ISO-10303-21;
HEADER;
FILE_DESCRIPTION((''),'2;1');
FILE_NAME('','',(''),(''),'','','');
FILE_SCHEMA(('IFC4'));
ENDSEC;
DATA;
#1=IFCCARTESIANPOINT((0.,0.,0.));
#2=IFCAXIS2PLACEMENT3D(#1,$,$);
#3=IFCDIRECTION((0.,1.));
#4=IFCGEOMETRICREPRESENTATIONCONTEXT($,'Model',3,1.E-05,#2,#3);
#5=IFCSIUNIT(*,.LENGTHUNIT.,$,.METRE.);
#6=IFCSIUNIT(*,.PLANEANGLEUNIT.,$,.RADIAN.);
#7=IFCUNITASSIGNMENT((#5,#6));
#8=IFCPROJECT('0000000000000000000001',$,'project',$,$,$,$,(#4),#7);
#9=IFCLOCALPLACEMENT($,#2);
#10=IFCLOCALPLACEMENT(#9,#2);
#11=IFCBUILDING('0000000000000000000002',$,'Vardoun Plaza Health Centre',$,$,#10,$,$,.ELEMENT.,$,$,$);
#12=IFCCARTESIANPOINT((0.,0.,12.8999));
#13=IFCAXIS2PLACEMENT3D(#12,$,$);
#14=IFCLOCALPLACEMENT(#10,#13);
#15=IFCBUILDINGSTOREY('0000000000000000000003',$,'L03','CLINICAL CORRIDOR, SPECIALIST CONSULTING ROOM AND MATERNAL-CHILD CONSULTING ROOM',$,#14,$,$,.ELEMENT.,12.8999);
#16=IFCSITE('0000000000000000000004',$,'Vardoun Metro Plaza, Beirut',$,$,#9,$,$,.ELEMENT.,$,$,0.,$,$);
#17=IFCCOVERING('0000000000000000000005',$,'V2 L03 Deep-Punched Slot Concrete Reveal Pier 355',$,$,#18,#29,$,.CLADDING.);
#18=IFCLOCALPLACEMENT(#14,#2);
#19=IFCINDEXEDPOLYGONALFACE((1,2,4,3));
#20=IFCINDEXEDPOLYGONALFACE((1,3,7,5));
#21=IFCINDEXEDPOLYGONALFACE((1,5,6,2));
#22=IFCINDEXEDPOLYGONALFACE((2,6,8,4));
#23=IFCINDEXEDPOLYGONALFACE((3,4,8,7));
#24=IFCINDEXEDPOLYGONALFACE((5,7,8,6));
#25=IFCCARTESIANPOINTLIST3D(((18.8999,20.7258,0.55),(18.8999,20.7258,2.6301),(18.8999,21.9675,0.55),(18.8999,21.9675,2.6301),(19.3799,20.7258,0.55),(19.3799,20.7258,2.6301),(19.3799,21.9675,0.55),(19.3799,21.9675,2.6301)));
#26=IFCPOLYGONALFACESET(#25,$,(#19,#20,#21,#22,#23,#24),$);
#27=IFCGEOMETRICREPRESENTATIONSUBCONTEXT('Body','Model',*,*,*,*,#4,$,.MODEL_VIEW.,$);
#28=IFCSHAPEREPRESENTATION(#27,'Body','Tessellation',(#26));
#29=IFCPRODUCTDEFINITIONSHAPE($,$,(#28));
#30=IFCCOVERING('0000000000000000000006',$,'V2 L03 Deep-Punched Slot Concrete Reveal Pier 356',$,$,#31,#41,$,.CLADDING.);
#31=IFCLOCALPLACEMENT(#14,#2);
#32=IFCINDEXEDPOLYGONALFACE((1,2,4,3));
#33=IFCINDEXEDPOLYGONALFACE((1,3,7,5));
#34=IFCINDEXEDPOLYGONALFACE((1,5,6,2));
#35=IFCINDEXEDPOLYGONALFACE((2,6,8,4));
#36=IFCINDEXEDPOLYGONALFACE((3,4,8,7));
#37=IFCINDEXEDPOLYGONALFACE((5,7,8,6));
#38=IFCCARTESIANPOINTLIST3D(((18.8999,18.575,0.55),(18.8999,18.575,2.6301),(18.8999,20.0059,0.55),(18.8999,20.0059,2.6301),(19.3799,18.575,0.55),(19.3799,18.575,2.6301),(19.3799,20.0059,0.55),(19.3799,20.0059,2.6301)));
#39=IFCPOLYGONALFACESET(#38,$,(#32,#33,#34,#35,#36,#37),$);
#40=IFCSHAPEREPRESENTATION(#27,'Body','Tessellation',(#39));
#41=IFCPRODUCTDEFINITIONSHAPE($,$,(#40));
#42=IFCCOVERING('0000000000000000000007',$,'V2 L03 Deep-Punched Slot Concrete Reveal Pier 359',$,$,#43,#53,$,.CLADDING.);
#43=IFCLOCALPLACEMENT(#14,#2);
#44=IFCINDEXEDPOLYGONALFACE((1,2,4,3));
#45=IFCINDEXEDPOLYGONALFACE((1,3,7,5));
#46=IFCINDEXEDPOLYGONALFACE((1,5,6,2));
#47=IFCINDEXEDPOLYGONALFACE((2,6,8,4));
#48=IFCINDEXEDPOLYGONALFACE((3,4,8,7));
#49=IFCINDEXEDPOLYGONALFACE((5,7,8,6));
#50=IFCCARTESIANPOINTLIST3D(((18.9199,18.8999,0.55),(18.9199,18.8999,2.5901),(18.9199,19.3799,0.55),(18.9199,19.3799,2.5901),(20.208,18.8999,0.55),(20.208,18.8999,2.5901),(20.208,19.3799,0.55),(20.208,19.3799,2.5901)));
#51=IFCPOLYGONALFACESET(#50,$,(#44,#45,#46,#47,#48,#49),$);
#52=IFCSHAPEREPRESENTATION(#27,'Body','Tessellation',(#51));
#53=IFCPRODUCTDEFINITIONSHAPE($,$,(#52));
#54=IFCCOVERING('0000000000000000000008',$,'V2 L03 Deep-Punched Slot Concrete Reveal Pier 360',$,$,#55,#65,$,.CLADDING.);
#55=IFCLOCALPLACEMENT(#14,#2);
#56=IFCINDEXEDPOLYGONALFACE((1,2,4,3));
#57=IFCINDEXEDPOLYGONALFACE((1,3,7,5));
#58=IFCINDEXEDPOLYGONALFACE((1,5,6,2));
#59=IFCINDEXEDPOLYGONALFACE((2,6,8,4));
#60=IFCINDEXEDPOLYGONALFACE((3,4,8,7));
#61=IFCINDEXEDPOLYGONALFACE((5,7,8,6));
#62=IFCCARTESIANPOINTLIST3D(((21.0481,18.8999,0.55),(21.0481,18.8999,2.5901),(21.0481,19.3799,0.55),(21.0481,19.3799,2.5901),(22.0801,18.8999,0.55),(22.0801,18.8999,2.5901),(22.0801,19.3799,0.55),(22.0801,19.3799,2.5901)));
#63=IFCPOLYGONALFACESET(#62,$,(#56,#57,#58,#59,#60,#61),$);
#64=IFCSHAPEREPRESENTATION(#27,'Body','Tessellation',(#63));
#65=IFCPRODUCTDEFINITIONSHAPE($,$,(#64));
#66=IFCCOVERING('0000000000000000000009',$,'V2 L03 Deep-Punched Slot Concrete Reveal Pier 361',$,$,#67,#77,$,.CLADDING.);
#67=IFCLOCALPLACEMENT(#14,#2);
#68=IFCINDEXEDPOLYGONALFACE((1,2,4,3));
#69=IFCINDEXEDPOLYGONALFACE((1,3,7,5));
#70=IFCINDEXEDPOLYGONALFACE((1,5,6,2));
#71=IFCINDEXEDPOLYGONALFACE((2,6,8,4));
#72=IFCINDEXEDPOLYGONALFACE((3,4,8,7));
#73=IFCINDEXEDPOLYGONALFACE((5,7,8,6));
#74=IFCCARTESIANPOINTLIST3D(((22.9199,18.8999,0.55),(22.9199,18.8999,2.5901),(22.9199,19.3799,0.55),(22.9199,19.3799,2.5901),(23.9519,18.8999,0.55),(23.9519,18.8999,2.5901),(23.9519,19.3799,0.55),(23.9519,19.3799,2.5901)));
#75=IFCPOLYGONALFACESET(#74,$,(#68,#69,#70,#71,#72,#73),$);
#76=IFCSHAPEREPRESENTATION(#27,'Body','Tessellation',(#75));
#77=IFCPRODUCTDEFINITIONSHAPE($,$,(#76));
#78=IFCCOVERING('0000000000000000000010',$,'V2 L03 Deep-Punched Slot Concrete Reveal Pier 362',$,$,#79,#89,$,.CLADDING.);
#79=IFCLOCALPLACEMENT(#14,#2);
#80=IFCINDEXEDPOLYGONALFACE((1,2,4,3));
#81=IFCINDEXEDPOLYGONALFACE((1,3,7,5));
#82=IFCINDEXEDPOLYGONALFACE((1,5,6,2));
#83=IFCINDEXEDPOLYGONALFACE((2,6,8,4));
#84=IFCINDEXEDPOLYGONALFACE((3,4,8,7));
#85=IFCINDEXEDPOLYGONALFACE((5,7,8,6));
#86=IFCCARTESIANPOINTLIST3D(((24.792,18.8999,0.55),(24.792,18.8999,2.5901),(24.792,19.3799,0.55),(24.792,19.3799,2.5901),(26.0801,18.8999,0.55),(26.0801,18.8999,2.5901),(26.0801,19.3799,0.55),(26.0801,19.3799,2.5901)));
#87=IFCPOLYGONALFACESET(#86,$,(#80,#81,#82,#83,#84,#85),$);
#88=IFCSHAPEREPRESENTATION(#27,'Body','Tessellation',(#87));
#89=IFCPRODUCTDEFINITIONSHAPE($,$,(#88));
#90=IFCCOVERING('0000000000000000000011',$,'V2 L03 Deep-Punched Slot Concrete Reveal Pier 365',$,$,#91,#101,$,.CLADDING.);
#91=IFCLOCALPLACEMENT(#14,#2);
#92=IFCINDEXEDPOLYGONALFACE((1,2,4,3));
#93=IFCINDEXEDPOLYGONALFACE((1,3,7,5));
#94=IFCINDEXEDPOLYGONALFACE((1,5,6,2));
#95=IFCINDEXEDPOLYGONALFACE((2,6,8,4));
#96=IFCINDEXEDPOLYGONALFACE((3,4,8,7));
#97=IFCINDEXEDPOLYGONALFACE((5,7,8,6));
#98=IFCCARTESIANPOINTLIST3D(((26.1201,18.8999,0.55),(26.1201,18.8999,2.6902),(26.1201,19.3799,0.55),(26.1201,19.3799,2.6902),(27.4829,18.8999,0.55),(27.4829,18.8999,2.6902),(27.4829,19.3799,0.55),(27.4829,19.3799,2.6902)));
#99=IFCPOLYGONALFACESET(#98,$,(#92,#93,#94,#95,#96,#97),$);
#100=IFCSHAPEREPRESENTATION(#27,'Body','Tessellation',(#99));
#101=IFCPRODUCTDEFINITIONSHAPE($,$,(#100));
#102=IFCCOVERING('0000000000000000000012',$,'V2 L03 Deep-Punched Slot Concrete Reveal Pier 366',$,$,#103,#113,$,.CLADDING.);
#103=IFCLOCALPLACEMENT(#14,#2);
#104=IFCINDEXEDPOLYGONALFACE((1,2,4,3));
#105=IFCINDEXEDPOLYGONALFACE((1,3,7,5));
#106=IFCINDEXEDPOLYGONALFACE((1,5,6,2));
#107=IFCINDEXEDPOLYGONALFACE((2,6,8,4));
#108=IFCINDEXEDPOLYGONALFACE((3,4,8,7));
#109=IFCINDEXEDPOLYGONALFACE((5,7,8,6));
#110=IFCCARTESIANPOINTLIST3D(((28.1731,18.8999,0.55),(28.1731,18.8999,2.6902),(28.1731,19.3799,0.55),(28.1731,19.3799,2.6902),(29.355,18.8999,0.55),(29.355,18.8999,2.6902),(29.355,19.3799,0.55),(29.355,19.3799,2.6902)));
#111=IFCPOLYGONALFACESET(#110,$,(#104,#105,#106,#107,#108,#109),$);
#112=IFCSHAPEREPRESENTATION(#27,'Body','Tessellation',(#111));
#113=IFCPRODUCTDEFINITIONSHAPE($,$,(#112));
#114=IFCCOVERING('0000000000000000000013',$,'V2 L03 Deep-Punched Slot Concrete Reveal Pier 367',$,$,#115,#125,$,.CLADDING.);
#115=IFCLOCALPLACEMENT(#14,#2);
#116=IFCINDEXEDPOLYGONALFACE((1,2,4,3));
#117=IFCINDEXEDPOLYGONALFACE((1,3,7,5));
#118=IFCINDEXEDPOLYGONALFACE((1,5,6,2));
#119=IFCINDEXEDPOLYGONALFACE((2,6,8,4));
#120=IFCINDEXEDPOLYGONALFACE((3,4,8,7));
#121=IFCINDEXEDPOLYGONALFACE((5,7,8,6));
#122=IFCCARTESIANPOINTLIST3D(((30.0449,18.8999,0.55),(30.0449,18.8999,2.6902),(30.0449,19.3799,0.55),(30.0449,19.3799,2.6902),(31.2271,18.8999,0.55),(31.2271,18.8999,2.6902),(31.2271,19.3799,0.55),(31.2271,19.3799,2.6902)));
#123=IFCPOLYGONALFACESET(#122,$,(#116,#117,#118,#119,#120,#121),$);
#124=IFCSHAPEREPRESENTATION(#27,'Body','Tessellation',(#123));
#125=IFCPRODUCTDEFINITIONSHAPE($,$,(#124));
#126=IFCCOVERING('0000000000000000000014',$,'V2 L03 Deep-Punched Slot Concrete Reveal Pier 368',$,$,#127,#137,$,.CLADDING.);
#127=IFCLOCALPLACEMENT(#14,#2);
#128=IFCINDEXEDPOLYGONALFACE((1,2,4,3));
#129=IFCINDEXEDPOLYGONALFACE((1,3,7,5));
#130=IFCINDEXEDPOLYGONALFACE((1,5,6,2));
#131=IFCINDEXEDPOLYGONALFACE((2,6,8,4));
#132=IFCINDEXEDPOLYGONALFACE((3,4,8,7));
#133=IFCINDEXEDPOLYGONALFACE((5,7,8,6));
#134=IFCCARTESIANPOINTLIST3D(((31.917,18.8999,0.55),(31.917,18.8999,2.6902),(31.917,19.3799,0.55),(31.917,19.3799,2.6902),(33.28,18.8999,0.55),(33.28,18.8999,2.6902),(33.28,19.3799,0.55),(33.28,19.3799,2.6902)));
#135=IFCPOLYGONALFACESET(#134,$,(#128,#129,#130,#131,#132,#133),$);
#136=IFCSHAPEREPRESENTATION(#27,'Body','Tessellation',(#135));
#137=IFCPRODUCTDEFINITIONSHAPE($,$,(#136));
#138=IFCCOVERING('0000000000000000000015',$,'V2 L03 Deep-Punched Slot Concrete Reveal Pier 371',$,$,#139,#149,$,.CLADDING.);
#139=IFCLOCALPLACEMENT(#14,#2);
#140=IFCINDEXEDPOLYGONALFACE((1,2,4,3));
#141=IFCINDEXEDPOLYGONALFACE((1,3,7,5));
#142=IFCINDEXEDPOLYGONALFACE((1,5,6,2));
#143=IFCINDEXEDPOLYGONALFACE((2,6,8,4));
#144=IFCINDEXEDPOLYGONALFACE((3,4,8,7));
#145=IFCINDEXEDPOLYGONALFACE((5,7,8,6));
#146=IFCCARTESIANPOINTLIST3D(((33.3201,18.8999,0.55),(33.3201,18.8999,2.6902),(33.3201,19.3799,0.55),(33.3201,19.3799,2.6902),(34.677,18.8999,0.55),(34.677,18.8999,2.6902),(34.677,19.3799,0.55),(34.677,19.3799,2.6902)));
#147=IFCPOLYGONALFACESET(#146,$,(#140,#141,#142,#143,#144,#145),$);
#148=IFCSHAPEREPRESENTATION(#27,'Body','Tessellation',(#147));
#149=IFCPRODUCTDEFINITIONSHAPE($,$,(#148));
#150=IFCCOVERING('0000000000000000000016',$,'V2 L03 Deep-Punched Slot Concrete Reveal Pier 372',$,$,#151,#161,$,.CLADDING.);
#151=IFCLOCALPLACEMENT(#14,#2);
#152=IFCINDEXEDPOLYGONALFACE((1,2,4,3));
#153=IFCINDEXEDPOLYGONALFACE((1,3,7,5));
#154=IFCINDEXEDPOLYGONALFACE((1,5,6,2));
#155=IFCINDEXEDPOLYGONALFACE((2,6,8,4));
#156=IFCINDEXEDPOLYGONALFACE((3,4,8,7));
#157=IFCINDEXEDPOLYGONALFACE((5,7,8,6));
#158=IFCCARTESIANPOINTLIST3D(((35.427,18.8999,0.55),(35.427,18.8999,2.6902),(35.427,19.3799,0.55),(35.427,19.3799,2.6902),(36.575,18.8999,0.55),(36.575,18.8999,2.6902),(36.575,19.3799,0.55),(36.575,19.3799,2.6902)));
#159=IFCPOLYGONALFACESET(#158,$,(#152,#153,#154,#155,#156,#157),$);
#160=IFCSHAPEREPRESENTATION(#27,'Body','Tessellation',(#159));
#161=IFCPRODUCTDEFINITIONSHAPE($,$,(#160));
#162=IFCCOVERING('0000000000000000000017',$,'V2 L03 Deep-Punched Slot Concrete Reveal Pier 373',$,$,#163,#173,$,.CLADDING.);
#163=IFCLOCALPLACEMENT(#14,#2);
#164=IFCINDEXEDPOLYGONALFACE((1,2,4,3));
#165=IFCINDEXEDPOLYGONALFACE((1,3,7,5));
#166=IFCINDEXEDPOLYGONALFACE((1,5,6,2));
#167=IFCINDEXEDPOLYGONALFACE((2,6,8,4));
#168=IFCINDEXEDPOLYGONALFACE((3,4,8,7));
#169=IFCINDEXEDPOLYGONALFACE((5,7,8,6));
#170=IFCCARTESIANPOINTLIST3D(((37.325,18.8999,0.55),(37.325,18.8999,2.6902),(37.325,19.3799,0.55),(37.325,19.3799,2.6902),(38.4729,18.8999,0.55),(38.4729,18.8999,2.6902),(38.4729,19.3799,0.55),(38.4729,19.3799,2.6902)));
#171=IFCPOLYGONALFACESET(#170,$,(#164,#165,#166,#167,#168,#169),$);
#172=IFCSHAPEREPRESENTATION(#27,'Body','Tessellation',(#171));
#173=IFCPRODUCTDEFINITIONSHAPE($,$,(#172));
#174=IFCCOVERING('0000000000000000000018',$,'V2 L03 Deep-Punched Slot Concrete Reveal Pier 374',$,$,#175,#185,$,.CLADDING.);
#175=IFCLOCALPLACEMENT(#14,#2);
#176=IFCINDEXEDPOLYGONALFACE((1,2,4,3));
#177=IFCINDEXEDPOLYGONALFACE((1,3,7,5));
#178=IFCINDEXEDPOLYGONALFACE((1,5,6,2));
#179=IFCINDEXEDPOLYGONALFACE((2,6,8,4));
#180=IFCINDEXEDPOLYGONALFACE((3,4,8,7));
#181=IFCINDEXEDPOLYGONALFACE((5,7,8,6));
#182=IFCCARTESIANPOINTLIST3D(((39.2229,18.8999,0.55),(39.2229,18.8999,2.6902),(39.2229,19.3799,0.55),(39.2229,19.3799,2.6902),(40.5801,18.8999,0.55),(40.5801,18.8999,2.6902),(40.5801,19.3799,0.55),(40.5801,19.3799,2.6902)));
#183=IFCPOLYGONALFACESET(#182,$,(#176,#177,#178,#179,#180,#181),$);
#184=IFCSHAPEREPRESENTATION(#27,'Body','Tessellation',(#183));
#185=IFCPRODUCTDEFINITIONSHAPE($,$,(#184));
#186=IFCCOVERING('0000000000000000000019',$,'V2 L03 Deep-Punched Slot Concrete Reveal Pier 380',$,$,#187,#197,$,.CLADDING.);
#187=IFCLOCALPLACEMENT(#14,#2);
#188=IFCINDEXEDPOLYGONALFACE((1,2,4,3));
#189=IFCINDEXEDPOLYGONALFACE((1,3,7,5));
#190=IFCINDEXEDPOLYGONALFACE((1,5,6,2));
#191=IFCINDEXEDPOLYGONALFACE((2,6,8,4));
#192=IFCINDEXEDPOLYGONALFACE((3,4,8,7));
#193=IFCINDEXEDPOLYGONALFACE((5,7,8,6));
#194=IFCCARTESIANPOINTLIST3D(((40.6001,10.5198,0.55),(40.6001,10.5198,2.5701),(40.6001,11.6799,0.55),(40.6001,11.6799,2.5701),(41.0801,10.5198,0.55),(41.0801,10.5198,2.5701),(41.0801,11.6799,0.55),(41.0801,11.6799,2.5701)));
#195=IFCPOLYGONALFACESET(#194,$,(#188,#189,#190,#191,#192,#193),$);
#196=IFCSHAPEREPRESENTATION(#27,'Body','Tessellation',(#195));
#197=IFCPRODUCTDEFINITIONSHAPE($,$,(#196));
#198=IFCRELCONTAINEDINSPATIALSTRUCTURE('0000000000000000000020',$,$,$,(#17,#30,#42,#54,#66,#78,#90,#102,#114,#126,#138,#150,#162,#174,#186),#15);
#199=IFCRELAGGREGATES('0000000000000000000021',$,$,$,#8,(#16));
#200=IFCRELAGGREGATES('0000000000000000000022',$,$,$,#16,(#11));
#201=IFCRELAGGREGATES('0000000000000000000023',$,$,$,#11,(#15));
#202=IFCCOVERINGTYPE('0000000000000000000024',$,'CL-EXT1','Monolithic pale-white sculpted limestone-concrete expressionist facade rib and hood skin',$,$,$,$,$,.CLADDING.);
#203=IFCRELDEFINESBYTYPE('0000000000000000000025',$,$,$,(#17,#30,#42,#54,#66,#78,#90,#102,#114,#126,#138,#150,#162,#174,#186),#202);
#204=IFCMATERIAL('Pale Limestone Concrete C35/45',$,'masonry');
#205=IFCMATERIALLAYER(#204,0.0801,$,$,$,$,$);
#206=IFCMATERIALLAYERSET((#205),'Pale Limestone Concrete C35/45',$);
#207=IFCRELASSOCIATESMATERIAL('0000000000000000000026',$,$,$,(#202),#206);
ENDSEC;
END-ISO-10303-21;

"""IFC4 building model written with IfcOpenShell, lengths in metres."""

from ifc_helpers import new_model, si_unit, direction, frame, origin, place, context, subcontext, project, spatial, polyline, outline, extrude, material, layer, layer_set, type_object, element, save


model = new_model("IFC4")

# Units and contexts
model_context = context("Model", 3, precision=1e-05, world=origin(), true_north=direction((0.0, 1.0)))
body_context = subcontext(model_context, "Body", "Model", "MODEL_VIEW")
ifc_project = project(units=[si_unit("LENGTHUNIT", "METRE"), si_unit("PLANEANGLEUNIT", "RADIAN")], contexts=[model_context])

# Site, building, storey
site_placement = place(None, origin())
site = spatial("IfcSite", under=ifc_project, at=site_placement, Name="Vardoun Metro Plaza, Beirut", CompositionType="ELEMENT", RefElevation=0.0)
building_placement = place(site_placement, origin())
building = spatial("IfcBuilding", under=site, at=building_placement, Name="Vardoun Plaza Health Centre", CompositionType="ELEMENT")
storey_placement = place(building_placement, frame((0.0, 0.0, 12.8999)))
storey = spatial("IfcBuildingStorey", under=building, at=storey_placement, Name="L03", Description="CLINICAL CORRIDOR, SPECIALIST CONSULTING ROOM AND MATERNAL-CHILD CONSULTING ROOM", CompositionType="ELEMENT", Elevation=12.8999)

# Coverings
ifc_material = material(Name="Pale Limestone Concrete C35/45", Category="masonry")
ifc_layer = layer(ifc_material, 0.0801)
ifc_layer_set = layer_set([ifc_layer], Name="Pale Limestone Concrete C35/45")
covering_type = type_object("IfcCoveringType", Name="CL-EXT1", Description="Monolithic pale-white sculpted limestone-concrete expressionist facade rib and hood skin", PredefinedType="CLADDING", material=ifc_layer_set)
covering_1_placement = place(storey_placement, frame((0.0, 0.0, 0.55)))
element("IfcCovering", 1, at=covering_1_placement, inside=storey, type_object=covering_type, Name="V2 L03 Deep-Punched Slot Concrete Reveal Pier 355", PredefinedType="CLADDING", context=body_context, shape_type="SweptSolid", body=[
    extrude(outline(polyline([(18.8999, 21.9675), (18.8999, 20.7258), (19.3799, 20.7258), (19.3799, 21.9675), (18.8999, 21.9675)])), origin(), (0.0, 0.0, 1.0), 2.0801),
])
covering_2_placement = place(storey_placement, frame((0.0, 0.0, 0.55)))
element("IfcCovering", 2, at=covering_2_placement, inside=storey, type_object=covering_type, Name="V2 L03 Deep-Punched Slot Concrete Reveal Pier 356", PredefinedType="CLADDING", context=body_context, shape_type="SweptSolid", body=[
    extrude(outline(polyline([(18.8999, 20.0059), (18.8999, 18.575), (19.3799, 18.575), (19.3799, 20.0059), (18.8999, 20.0059)])), origin(), (0.0, 0.0, 1.0), 2.0801),
])
covering_3_placement = place(storey_placement, frame((0.0, 0.0, 0.55)))
element("IfcCovering", 3, at=covering_3_placement, inside=storey, type_object=covering_type, Name="V2 L03 Deep-Punched Slot Concrete Reveal Pier 359", PredefinedType="CLADDING", context=body_context, shape_type="SweptSolid", body=[
    extrude(outline(polyline([(18.9199, 18.8999), (20.208, 18.8999), (20.208, 19.3799), (18.9199, 19.3799), (18.9199, 18.8999)])), origin(), (0.0, 0.0, 1.0), 2.04),
])
covering_4_placement = place(storey_placement, frame((0.0, 0.0, 0.55)))
element("IfcCovering", 4, at=covering_4_placement, inside=storey, type_object=covering_type, Name="V2 L03 Deep-Punched Slot Concrete Reveal Pier 360", PredefinedType="CLADDING", context=body_context, shape_type="SweptSolid", body=[
    extrude(outline(polyline([(21.0481, 18.8999), (22.0801, 18.8999), (22.0801, 19.3799), (21.0481, 19.3799), (21.0481, 18.8999)])), origin(), (0.0, 0.0, 1.0), 2.04),
])
covering_5_placement = place(storey_placement, frame((0.0, 0.0, 0.55)))
element("IfcCovering", 5, at=covering_5_placement, inside=storey, type_object=covering_type, Name="V2 L03 Deep-Punched Slot Concrete Reveal Pier 361", PredefinedType="CLADDING", context=body_context, shape_type="SweptSolid", body=[
    extrude(outline(polyline([(22.9199, 18.8999), (23.9519, 18.8999), (23.9519, 19.3799), (22.9199, 19.3799), (22.9199, 18.8999)])), origin(), (0.0, 0.0, 1.0), 2.04),
])
covering_6_placement = place(storey_placement, frame((0.0, 0.0, 0.55)))
element("IfcCovering", 6, at=covering_6_placement, inside=storey, type_object=covering_type, Name="V2 L03 Deep-Punched Slot Concrete Reveal Pier 362", PredefinedType="CLADDING", context=body_context, shape_type="SweptSolid", body=[
    extrude(outline(polyline([(24.792, 18.8999), (26.0801, 18.8999), (26.0801, 19.3799), (24.792, 19.3799), (24.792, 18.8999)])), origin(), (0.0, 0.0, 1.0), 2.04),
])
covering_7_placement = place(storey_placement, frame((0.0, 0.0, 0.55)))
element("IfcCovering", 7, at=covering_7_placement, inside=storey, type_object=covering_type, Name="V2 L03 Deep-Punched Slot Concrete Reveal Pier 365", PredefinedType="CLADDING", context=body_context, shape_type="SweptSolid", body=[
    extrude(outline(polyline([(26.1201, 18.8999), (27.4829, 18.8999), (27.4829, 19.3799), (26.1201, 19.3799), (26.1201, 18.8999)])), origin(), (0.0, 0.0, 1.0), 2.1401),
])
covering_8_placement = place(storey_placement, frame((0.0, 0.0, 0.55)))
element("IfcCovering", 8, at=covering_8_placement, inside=storey, type_object=covering_type, Name="V2 L03 Deep-Punched Slot Concrete Reveal Pier 366", PredefinedType="CLADDING", context=body_context, shape_type="SweptSolid", body=[
    extrude(outline(polyline([(28.1731, 18.8999), (29.355, 18.8999), (29.355, 19.3799), (28.1731, 19.3799), (28.1731, 18.8999)])), origin(), (0.0, 0.0, 1.0), 2.1401),
])
covering_9_placement = place(storey_placement, frame((0.0, 0.0, 0.55)))
element("IfcCovering", 9, at=covering_9_placement, inside=storey, type_object=covering_type, Name="V2 L03 Deep-Punched Slot Concrete Reveal Pier 367", PredefinedType="CLADDING", context=body_context, shape_type="SweptSolid", body=[
    extrude(outline(polyline([(30.0449, 18.8999), (31.2271, 18.8999), (31.2271, 19.3799), (30.0449, 19.3799), (30.0449, 18.8999)])), origin(), (0.0, 0.0, 1.0), 2.1401),
])
covering_10_placement = place(storey_placement, frame((0.0, 0.0, 0.55)))
element("IfcCovering", 10, at=covering_10_placement, inside=storey, type_object=covering_type, Name="V2 L03 Deep-Punched Slot Concrete Reveal Pier 368", PredefinedType="CLADDING", context=body_context, shape_type="SweptSolid", body=[
    extrude(outline(polyline([(31.917, 18.8999), (33.28, 18.8999), (33.28, 19.3799), (31.917, 19.3799), (31.917, 18.8999)])), origin(), (0.0, 0.0, 1.0), 2.1401),
])
covering_11_placement = place(storey_placement, frame((0.0, 0.0, 0.55)))
element("IfcCovering", 11, at=covering_11_placement, inside=storey, type_object=covering_type, Name="V2 L03 Deep-Punched Slot Concrete Reveal Pier 371", PredefinedType="CLADDING", context=body_context, shape_type="SweptSolid", body=[
    extrude(outline(polyline([(33.3201, 18.8999), (34.677, 18.8999), (34.677, 19.3799), (33.3201, 19.3799), (33.3201, 18.8999)])), origin(), (0.0, 0.0, 1.0), 2.1401),
])
covering_12_placement = place(storey_placement, frame((0.0, 0.0, 0.55)))
element("IfcCovering", 12, at=covering_12_placement, inside=storey, type_object=covering_type, Name="V2 L03 Deep-Punched Slot Concrete Reveal Pier 372", PredefinedType="CLADDING", context=body_context, shape_type="SweptSolid", body=[
    extrude(outline(polyline([(35.427, 18.8999), (36.575, 18.8999), (36.575, 19.3799), (35.427, 19.3799), (35.427, 18.8999)])), origin(), (0.0, 0.0, 1.0), 2.1401),
])
covering_13_placement = place(storey_placement, frame((0.0, 0.0, 0.55)))
element("IfcCovering", 13, at=covering_13_placement, inside=storey, type_object=covering_type, Name="V2 L03 Deep-Punched Slot Concrete Reveal Pier 373", PredefinedType="CLADDING", context=body_context, shape_type="SweptSolid", body=[
    extrude(outline(polyline([(37.325, 18.8999), (38.4729, 18.8999), (38.4729, 19.3799), (37.325, 19.3799), (37.325, 18.8999)])), origin(), (0.0, 0.0, 1.0), 2.1401),
])
covering_14_placement = place(storey_placement, frame((0.0, 0.0, 0.55)))
element("IfcCovering", 14, at=covering_14_placement, inside=storey, type_object=covering_type, Name="V2 L03 Deep-Punched Slot Concrete Reveal Pier 374", PredefinedType="CLADDING", context=body_context, shape_type="SweptSolid", body=[
    extrude(outline(polyline([(39.2229, 18.8999), (40.5801, 18.8999), (40.5801, 19.3799), (39.2229, 19.3799), (39.2229, 18.8999)])), origin(), (0.0, 0.0, 1.0), 2.1401),
])
covering_15_placement = place(storey_placement, frame((0.0, 0.0, 0.55)))
element("IfcCovering", 15, at=covering_15_placement, inside=storey, type_object=covering_type, Name="V2 L03 Deep-Punched Slot Concrete Reveal Pier 380", PredefinedType="CLADDING", context=body_context, shape_type="SweptSolid", body=[
    extrude(outline(polyline([(40.6001, 11.6799), (40.6001, 10.5198), (41.0801, 10.5198), (41.0801, 11.6799), (40.6001, 11.6799)])), origin(), (0.0, 0.0, 1.0), 2.02),
])

save(model, "model.ifc")
